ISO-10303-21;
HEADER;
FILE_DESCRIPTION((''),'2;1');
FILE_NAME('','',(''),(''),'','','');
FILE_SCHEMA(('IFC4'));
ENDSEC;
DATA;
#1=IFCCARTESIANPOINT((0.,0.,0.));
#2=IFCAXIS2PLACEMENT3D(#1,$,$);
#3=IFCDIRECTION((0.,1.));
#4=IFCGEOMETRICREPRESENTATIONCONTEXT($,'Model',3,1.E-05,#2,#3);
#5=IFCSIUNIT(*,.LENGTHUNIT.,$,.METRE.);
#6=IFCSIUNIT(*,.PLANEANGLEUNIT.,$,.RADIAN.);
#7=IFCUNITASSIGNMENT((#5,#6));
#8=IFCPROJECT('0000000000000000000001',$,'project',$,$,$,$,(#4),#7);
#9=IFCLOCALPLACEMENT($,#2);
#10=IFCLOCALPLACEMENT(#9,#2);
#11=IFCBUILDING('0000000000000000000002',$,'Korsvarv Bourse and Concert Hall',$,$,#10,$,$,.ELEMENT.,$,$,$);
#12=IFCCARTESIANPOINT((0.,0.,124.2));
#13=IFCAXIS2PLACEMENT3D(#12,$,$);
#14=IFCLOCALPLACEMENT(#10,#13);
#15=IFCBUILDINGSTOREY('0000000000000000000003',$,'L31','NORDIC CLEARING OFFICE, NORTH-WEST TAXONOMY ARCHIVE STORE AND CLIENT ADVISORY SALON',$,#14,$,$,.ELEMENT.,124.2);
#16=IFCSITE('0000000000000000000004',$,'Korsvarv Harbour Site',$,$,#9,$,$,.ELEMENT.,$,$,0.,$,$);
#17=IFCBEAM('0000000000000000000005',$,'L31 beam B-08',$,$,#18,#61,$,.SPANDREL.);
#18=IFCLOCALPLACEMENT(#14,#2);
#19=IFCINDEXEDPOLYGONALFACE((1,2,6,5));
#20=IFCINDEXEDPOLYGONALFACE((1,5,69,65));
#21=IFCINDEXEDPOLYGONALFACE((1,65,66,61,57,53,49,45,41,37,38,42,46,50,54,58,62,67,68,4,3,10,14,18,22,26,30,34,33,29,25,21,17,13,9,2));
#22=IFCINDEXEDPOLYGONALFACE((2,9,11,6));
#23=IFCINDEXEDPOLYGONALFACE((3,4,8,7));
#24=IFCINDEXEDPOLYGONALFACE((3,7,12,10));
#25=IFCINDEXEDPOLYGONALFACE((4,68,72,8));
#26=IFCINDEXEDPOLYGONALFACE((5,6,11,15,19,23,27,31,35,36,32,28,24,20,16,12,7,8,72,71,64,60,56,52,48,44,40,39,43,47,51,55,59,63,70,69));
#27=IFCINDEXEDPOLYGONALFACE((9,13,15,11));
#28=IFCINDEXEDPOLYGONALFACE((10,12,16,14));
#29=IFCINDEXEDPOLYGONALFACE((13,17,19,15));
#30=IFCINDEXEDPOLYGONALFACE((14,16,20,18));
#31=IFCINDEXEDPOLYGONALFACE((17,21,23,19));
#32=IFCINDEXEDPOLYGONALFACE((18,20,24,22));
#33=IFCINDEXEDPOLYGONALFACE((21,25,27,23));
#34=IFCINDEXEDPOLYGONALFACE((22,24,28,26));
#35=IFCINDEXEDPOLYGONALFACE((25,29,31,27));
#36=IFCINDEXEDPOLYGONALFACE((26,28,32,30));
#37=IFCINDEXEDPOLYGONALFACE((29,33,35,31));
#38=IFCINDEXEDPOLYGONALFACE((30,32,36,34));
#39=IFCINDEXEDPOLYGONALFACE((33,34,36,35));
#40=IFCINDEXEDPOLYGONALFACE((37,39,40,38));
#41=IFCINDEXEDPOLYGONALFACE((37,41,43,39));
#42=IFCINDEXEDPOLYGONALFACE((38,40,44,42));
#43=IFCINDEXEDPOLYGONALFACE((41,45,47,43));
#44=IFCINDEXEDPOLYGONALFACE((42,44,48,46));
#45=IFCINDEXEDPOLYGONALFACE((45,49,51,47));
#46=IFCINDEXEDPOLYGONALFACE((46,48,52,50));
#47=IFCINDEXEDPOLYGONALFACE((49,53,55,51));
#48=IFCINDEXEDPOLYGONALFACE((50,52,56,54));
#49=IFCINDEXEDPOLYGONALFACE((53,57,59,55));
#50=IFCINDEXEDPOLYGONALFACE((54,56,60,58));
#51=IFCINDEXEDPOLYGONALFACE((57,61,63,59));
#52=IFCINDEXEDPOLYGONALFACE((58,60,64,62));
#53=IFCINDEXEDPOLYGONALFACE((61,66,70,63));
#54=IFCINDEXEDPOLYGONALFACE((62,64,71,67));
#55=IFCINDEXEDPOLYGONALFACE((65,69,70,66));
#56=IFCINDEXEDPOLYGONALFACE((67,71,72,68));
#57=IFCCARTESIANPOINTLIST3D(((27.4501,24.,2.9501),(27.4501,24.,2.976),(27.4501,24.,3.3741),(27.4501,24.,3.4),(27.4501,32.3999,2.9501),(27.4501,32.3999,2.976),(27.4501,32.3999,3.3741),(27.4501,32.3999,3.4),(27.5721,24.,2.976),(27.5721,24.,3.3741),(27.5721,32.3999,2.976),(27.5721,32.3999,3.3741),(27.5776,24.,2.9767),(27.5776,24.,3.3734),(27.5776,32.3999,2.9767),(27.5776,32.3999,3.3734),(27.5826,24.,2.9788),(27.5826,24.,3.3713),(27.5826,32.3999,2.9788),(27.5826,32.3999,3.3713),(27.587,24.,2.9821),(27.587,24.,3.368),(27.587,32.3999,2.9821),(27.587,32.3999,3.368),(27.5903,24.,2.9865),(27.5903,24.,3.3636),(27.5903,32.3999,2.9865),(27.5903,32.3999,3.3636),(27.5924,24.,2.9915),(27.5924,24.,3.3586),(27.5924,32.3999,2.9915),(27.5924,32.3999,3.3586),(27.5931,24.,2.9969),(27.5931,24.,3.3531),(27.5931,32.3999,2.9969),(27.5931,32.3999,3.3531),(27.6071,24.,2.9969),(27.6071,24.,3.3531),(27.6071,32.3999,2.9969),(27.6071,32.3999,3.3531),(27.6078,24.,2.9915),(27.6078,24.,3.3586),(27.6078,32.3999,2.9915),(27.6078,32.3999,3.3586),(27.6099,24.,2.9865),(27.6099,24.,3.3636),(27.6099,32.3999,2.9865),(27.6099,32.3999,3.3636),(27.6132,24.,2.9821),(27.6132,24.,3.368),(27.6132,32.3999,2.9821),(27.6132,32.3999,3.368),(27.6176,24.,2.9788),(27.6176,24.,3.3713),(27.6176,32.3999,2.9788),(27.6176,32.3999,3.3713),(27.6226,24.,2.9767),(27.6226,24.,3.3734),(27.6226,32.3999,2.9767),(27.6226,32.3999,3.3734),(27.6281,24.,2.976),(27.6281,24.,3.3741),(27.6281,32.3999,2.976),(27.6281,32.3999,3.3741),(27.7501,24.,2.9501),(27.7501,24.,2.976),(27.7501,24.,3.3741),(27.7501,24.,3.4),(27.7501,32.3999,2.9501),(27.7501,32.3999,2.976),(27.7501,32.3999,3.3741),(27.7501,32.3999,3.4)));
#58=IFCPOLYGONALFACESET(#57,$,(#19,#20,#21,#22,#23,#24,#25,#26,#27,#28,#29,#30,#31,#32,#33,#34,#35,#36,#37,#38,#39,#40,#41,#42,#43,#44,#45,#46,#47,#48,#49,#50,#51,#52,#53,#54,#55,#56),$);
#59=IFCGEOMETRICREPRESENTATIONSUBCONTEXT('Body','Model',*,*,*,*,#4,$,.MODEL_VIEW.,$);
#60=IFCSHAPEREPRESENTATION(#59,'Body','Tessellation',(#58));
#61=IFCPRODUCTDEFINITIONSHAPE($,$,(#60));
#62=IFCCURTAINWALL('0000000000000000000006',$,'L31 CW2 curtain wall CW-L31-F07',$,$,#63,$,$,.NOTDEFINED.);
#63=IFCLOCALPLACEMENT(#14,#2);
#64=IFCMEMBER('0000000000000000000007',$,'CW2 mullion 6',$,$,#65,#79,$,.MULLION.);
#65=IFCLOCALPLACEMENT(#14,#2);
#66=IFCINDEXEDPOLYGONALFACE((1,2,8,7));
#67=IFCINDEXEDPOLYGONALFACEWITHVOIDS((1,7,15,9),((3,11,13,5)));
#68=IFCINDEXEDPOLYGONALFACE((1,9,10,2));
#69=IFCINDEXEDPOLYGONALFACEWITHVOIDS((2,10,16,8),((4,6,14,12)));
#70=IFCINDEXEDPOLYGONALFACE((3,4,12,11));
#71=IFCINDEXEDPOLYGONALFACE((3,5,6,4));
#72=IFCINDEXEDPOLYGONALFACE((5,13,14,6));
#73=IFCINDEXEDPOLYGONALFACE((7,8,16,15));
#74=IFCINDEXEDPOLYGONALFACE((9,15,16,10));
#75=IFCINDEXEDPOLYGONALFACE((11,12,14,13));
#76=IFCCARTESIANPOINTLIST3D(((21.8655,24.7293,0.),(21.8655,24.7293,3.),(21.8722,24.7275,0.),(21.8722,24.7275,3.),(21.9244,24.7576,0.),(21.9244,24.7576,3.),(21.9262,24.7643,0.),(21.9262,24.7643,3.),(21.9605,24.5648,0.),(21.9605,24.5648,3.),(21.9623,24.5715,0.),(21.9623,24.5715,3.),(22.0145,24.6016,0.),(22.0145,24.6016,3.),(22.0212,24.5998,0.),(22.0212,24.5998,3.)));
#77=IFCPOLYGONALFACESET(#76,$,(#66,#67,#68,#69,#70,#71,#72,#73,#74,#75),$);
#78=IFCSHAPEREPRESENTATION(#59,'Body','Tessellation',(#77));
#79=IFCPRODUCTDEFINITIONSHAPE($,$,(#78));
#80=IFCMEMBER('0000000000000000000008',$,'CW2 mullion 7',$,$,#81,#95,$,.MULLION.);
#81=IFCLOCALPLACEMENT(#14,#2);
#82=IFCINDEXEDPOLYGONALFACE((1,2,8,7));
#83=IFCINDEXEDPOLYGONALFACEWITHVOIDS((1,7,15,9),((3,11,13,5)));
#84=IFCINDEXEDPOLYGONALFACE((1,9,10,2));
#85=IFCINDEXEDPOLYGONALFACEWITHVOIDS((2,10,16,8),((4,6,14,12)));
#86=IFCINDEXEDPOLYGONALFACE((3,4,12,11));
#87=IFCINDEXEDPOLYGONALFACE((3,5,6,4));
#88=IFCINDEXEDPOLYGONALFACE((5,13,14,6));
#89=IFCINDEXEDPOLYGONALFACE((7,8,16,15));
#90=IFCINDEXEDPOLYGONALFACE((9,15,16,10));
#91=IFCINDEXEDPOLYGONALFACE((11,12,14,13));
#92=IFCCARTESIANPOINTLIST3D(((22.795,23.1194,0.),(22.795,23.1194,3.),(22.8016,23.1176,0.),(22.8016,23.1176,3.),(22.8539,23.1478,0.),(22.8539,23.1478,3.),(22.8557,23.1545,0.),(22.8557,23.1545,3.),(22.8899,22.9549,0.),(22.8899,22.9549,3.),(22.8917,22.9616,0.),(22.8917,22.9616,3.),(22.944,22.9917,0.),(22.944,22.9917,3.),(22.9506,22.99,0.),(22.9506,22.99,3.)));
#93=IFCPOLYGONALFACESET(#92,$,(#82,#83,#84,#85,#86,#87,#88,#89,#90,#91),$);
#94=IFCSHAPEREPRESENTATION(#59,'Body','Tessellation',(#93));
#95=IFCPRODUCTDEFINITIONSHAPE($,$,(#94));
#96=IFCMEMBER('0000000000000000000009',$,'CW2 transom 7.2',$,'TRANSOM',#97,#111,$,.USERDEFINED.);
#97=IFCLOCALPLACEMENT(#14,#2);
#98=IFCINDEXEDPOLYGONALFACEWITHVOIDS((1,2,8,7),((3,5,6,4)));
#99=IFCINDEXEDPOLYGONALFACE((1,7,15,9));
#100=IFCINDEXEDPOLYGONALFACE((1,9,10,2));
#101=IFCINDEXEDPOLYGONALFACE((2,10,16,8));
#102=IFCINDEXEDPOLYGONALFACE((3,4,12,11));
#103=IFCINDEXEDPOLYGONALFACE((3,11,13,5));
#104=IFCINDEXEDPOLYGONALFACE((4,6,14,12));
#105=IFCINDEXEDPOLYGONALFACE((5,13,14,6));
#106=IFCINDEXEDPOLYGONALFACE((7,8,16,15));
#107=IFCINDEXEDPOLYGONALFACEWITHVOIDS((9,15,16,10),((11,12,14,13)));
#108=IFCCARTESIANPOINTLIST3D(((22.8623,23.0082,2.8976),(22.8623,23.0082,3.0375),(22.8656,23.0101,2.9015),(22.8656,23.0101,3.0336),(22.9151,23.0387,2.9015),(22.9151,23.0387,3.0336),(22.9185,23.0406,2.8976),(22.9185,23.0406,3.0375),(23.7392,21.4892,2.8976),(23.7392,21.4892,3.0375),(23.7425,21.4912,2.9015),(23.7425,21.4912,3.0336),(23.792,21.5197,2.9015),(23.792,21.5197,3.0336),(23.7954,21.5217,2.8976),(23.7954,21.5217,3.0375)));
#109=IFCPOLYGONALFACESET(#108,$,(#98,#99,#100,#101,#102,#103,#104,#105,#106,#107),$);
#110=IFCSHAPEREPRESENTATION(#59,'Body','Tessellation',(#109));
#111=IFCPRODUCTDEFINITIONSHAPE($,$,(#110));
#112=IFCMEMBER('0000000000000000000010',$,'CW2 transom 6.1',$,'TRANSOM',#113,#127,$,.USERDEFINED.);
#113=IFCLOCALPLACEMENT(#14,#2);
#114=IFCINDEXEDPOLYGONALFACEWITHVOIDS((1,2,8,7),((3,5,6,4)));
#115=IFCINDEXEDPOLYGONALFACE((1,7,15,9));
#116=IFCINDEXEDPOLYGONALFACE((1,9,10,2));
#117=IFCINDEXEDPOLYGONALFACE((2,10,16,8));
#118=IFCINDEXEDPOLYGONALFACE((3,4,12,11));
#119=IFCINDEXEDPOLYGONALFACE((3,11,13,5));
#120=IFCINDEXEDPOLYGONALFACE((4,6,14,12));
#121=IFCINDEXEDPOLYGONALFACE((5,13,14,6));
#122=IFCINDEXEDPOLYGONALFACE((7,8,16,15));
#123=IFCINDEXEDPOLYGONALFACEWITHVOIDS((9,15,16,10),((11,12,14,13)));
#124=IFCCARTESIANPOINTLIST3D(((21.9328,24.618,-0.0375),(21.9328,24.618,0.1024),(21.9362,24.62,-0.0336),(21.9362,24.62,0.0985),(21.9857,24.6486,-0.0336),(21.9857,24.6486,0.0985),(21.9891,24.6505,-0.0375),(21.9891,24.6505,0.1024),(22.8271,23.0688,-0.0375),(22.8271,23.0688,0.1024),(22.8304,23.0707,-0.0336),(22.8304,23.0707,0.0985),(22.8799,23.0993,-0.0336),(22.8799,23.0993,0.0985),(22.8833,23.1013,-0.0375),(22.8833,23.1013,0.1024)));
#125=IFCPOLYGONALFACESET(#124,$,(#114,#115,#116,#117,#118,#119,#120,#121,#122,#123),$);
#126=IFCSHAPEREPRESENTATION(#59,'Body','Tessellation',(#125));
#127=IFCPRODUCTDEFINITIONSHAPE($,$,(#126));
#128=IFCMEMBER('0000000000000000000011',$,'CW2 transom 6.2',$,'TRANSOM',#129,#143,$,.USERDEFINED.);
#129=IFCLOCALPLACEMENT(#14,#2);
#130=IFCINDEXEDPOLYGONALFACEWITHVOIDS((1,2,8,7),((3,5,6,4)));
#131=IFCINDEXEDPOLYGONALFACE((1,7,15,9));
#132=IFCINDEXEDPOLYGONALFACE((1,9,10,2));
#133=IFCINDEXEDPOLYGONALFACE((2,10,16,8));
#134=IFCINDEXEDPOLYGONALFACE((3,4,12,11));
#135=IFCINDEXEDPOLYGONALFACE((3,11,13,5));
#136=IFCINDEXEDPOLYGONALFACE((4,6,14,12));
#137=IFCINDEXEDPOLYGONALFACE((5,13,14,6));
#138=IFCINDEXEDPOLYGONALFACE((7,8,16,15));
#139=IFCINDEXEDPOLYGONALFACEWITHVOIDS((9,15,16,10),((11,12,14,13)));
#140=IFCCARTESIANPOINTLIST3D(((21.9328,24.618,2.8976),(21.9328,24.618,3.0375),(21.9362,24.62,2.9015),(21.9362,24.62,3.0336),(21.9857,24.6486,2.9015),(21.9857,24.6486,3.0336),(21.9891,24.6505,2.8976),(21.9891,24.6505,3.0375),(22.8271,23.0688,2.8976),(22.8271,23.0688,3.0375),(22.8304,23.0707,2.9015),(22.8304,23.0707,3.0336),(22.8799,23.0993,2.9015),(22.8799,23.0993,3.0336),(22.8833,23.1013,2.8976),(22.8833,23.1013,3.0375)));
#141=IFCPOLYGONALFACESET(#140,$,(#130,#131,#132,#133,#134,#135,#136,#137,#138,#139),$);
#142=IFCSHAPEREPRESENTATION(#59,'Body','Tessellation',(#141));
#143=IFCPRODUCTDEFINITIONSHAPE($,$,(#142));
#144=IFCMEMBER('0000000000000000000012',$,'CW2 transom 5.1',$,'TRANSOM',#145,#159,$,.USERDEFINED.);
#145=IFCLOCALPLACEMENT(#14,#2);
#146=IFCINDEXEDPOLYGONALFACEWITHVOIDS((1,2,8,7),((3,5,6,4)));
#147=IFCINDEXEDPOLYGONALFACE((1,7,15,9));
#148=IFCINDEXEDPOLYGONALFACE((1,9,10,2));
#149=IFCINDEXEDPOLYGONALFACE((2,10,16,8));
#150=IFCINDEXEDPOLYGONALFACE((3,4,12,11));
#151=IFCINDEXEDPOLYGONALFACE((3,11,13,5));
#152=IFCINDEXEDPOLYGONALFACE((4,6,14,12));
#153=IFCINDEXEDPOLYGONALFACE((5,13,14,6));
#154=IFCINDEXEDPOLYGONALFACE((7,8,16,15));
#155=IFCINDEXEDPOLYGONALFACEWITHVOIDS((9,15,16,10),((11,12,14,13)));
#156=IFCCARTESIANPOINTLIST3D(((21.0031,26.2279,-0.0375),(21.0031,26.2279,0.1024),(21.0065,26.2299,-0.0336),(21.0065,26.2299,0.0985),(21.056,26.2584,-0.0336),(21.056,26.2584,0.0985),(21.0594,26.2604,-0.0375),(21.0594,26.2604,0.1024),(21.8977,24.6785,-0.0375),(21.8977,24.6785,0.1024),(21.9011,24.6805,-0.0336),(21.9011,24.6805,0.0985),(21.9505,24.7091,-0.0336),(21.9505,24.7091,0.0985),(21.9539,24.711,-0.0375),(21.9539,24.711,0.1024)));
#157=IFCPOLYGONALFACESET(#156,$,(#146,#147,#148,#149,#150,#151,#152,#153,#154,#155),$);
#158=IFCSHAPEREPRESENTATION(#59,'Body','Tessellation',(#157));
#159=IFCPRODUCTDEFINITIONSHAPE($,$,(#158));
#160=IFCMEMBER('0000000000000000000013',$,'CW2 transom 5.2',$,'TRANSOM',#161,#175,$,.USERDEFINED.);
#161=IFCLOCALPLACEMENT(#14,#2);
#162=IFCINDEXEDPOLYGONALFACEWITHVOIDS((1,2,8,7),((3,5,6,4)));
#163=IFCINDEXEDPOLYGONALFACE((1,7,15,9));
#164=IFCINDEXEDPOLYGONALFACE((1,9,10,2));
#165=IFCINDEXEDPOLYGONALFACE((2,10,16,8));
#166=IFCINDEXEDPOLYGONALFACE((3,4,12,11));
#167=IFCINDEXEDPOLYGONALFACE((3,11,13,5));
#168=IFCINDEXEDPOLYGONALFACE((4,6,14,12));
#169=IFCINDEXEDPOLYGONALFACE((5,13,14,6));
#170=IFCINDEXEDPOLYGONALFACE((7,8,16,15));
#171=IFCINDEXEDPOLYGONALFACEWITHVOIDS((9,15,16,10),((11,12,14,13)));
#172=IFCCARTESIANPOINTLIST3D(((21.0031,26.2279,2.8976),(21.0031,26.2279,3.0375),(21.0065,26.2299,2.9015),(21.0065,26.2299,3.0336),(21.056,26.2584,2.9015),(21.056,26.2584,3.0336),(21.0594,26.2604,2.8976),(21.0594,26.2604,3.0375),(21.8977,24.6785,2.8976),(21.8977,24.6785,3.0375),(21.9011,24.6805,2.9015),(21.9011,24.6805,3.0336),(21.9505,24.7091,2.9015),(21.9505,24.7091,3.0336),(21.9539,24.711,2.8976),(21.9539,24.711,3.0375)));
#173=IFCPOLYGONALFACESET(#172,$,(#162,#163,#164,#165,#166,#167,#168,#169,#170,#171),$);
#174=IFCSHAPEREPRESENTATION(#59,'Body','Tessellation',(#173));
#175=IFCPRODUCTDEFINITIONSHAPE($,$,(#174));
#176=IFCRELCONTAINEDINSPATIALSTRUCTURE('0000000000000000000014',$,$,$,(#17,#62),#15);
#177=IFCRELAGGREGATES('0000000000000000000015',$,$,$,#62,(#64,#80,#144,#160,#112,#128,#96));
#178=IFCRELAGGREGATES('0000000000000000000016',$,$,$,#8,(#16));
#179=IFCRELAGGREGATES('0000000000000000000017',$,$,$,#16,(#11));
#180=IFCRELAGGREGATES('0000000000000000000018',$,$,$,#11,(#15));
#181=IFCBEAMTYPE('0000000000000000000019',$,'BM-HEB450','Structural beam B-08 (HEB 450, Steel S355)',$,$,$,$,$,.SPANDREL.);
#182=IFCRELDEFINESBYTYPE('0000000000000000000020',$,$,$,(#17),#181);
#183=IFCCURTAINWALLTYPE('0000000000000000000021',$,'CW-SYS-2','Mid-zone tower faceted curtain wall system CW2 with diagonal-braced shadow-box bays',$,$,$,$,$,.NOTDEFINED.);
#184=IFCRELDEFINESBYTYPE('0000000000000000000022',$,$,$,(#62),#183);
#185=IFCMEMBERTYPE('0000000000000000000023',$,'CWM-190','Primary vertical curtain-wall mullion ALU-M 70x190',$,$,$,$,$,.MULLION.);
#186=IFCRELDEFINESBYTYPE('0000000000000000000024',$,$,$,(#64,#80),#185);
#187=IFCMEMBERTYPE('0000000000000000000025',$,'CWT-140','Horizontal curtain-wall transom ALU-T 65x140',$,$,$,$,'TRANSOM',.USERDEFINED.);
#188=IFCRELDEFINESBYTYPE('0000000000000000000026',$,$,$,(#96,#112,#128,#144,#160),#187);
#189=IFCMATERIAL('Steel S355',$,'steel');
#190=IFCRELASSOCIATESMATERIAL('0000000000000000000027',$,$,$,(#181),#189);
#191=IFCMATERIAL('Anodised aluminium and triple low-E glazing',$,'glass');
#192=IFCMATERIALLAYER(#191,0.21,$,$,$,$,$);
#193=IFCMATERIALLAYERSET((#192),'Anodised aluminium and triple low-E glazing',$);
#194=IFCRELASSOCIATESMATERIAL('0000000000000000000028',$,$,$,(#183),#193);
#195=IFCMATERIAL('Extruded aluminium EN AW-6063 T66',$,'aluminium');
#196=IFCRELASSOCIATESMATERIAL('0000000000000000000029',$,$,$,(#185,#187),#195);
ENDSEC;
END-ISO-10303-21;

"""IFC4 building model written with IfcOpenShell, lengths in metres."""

from ifc_helpers import new_model, si_unit, direction, frame, origin, origin_2d, place, context, subcontext, project, spatial, hollow_rectangle, i_section, extrude, source, transform, mapped, material, layer, layer_set, material_profile, profile_set, type_object, element, aggregate, save


model = new_model("IFC4")

# Units and contexts
model_context = context("Model", 3, precision=1e-05, world=origin(), true_north=direction((0.0, 1.0)))
body_context = subcontext(model_context, "Body", "Model", "MODEL_VIEW")
ifc_project = project(units=[si_unit("LENGTHUNIT", "METRE"), si_unit("PLANEANGLEUNIT", "RADIAN")], contexts=[model_context])

# Site, building, storey
site_placement = place(None, origin())
site = spatial("IfcSite", under=ifc_project, at=site_placement, Name="Korsvarv Harbour Site", CompositionType="ELEMENT", RefElevation=0.0)
building_placement = place(site_placement, origin())
building = spatial("IfcBuilding", under=site, at=building_placement, Name="Korsvarv Bourse and Concert Hall", CompositionType="ELEMENT")
storey_placement = place(building_placement, frame((0.0, 0.0, 124.2)))
storey = spatial("IfcBuildingStorey", under=building, at=storey_placement, Name="L31", Description="NORDIC CLEARING OFFICE, NORTH-WEST TAXONOMY ARCHIVE STORE AND CLIENT ADVISORY SALON", CompositionType="ELEMENT", Elevation=124.2)

# Beam
ifc_material_1 = material(Name="Steel S355", Category="steel")
ifc_material_profile_1 = material_profile(ifc_material_1, i_section(OverallWidth=0.3, OverallDepth=0.45, WebThickness=0.0139, FlangeThickness=0.0259, FilletRadius=0.021, at=origin_2d()), Name="HEB 450")
ifc_profile_set_1 = profile_set([ifc_material_profile_1], Name="Steel S355")
beam_type = type_object("IfcBeamType", Name="BM-HEB450", Description="Structural beam B-08 (HEB 450, Steel S355)", PredefinedType="SPANDREL", material=ifc_profile_set_1)
shared_shape_1 = source(origin(), body_context, "Body", "SweptSolid", [
    extrude(i_section(OverallWidth=0.3, OverallDepth=0.45, WebThickness=0.0139, FlangeThickness=0.0259, FilletRadius=0.021, at=origin_2d()), origin(), (0.0, 0.0, 1.0), 8.3999),
])
for number, where, z_axis, x_axis, name in (
    (1, (27.6001, 24.0, 3.175), (0.0, 1.0, 0.0), (-1.0, 0.0, 0.0), "L31 beam B-08"),
):
    element("IfcBeam", number, at=place(storey_placement, frame(where, z_axis=z_axis, x_axis=x_axis)), inside=storey, type_object=beam_type, Name=name, PredefinedType="SPANDREL", context=body_context, shape_type="MappedRepresentation", body=[
        mapped(shared_shape_1, transform((0.0, 0.0, 0.0), scale=1.0)),
    ])

# Curtain wall, members
ifc_material_2 = material(Name="Anodised aluminium and triple low-E glazing", Category="glass")
ifc_layer_1 = layer(ifc_material_2, 0.21)
ifc_layer_set_1 = layer_set([ifc_layer_1], Name="Anodised aluminium and triple low-E glazing")
curtain_wall_type = type_object("IfcCurtainWallType", Name="CW-SYS-2", Description="Mid-zone tower faceted curtain wall system CW2 with diagonal-braced shadow-box bays", PredefinedType="NOTDEFINED", material=ifc_layer_set_1)
curtain_wall_placement = place(storey_placement, origin())
curtain_wall = element("IfcCurtainWall", 2, at=curtain_wall_placement, inside=storey, type_object=curtain_wall_type, Name="L31 CW2 curtain wall CW-L31-F07", PredefinedType="NOTDEFINED")
ifc_material_3 = material(Name="Extruded aluminium EN AW-6063 T66", Category="aluminium")
ifc_material_profile_2 = material_profile(ifc_material_3, hollow_rectangle(XDim=0.0701, YDim=0.1899, WallThickness=0.0049, at=origin_2d()), Name="ALU-M 70x190")
ifc_profile_set_2 = profile_set([ifc_material_profile_2], Name="Extruded aluminium EN AW-6063 T66")
member_type_1 = type_object("IfcMemberType", Name="CWM-190", Description="Primary vertical curtain-wall mullion ALU-M 70x190", PredefinedType="MULLION", material=ifc_profile_set_2)
shared_shape_2 = source(origin(), body_context, "Body", "SweptSolid", [
    extrude(hollow_rectangle(XDim=0.0701, YDim=0.1899, WallThickness=0.0049, at=origin_2d()), origin(), (0.0, 0.0, 1.0), 3.0),
])
member_1_placement = place(storey_placement, frame((21.9434, 24.6646, 0.0), z_axis=(0.0, 0.0, 1.0), x_axis=(0.866021, 0.500007, 0.0)))
member_1 = element("IfcMember", 3, at=member_1_placement, type_object=member_type_1, Name="CW2 mullion 6", PredefinedType="MULLION", context=body_context, shape_type="MappedRepresentation", body=[
    mapped(shared_shape_2, transform((0.0, 0.0, 0.0), scale=1.0)),
])
member_2_placement = place(storey_placement, frame((22.8728, 23.0547, 0.0), z_axis=(0.0, 0.0, 1.0), x_axis=(0.866021, 0.500007, 0.0)))
member_2 = element("IfcMember", 4, at=member_2_placement, type_object=member_type_1, Name="CW2 mullion 7", PredefinedType="MULLION", context=body_context, shape_type="MappedRepresentation", body=[
    mapped(shared_shape_2, transform((0.0, 0.0, 0.0), scale=1.0)),
])
ifc_material_profile_3 = material_profile(ifc_material_3, hollow_rectangle(XDim=0.0649, YDim=0.1399, WallThickness=0.0039, at=origin_2d()), Name="ALU-T 65x140")
ifc_profile_set_3 = profile_set([ifc_material_profile_3], Name="Extruded aluminium EN AW-6063 T66")
member_type_2 = type_object("IfcMemberType", Name="CWT-140", Description="Horizontal curtain-wall transom ALU-T 65x140", ElementType="TRANSOM", PredefinedType="USERDEFINED", material=ifc_profile_set_3)
shared_shape_3 = source(origin(), body_context, "Body", "SweptSolid", [
    extrude(hollow_rectangle(XDim=0.0649, YDim=0.1399, WallThickness=0.0039, at=origin_2d()), origin(), (0.0, 0.0, 1.0), 1.7539),
])
member_3_placement = place(storey_placement, frame((22.8904, 23.0244, 2.9675), z_axis=(0.499971, -0.866042, 0.0), x_axis=(0.866042, 0.499971, 0.0)))
member_3 = element("IfcMember", 5, at=member_3_placement, type_object=member_type_2, Name="CW2 transom 7.2", ObjectType="TRANSOM", PredefinedType="USERDEFINED", context=body_context, shape_type="MappedRepresentation", body=[
    mapped(shared_shape_3, transform((0.0, 0.0, 0.0), scale=1.0)),
])
shared_shape_4 = source(origin(), body_context, "Body", "SweptSolid", [
    extrude(hollow_rectangle(XDim=0.0649, YDim=0.1399, WallThickness=0.0039, at=origin_2d()), origin(), (0.0, 0.0, 1.0), 1.7888),
])
member_4_placement = place(storey_placement, frame((21.9609, 24.6343, 0.0325), z_axis=(0.499911, -0.866077, 0.0), x_axis=(0.866077, 0.499911, 0.0)))
member_4 = element("IfcMember", 6, at=member_4_placement, type_object=member_type_2, Name="CW2 transom 6.1", ObjectType="TRANSOM", PredefinedType="USERDEFINED", context=body_context, shape_type="MappedRepresentation", body=[
    mapped(shared_shape_4, transform((0.0, 0.0, 0.0), scale=1.0)),
])
member_5_placement = place(storey_placement, frame((21.9609, 24.6343, 2.9675), z_axis=(0.499911, -0.866077, 0.0), x_axis=(0.866077, 0.499911, 0.0)))
member_5 = element("IfcMember", 7, at=member_5_placement, type_object=member_type_2, Name="CW2 transom 6.2", ObjectType="TRANSOM", PredefinedType="USERDEFINED", context=body_context, shape_type="MappedRepresentation", body=[
    mapped(shared_shape_4, transform((0.0, 0.0, 0.0), scale=1.0)),
])
shared_shape_5 = source(origin(), body_context, "Body", "SweptSolid", [
    extrude(hollow_rectangle(XDim=0.0649, YDim=0.1399, WallThickness=0.0039, at=origin_2d()), origin(), (0.0, 0.0, 1.0), 1.7891),
])
member_6_placement = place(storey_placement, frame((21.0312, 26.2441, 0.0325), z_axis=(0.500014, -0.866017, 0.0), x_axis=(0.866017, 0.500014, 0.0)))
member_6 = element("IfcMember", 8, at=member_6_placement, type_object=member_type_2, Name="CW2 transom 5.1", ObjectType="TRANSOM", PredefinedType="USERDEFINED", context=body_context, shape_type="MappedRepresentation", body=[
    mapped(shared_shape_5, transform((0.0, 0.0, 0.0), scale=1.0)),
])
member_7_placement = place(storey_placement, frame((21.0312, 26.2441, 2.9675), z_axis=(0.500014, -0.866017, 0.0), x_axis=(0.866017, 0.500014, 0.0)))
member_7 = element("IfcMember", 9, at=member_7_placement, type_object=member_type_2, Name="CW2 transom 5.2", ObjectType="TRANSOM", PredefinedType="USERDEFINED", context=body_context, shape_type="MappedRepresentation", body=[
    mapped(shared_shape_5, transform((0.0, 0.0, 0.0), scale=1.0)),
])
aggregate(curtain_wall, [member_1, member_2, member_6, member_7, member_4, member_5, member_3])

save(model, "model.ifc")
